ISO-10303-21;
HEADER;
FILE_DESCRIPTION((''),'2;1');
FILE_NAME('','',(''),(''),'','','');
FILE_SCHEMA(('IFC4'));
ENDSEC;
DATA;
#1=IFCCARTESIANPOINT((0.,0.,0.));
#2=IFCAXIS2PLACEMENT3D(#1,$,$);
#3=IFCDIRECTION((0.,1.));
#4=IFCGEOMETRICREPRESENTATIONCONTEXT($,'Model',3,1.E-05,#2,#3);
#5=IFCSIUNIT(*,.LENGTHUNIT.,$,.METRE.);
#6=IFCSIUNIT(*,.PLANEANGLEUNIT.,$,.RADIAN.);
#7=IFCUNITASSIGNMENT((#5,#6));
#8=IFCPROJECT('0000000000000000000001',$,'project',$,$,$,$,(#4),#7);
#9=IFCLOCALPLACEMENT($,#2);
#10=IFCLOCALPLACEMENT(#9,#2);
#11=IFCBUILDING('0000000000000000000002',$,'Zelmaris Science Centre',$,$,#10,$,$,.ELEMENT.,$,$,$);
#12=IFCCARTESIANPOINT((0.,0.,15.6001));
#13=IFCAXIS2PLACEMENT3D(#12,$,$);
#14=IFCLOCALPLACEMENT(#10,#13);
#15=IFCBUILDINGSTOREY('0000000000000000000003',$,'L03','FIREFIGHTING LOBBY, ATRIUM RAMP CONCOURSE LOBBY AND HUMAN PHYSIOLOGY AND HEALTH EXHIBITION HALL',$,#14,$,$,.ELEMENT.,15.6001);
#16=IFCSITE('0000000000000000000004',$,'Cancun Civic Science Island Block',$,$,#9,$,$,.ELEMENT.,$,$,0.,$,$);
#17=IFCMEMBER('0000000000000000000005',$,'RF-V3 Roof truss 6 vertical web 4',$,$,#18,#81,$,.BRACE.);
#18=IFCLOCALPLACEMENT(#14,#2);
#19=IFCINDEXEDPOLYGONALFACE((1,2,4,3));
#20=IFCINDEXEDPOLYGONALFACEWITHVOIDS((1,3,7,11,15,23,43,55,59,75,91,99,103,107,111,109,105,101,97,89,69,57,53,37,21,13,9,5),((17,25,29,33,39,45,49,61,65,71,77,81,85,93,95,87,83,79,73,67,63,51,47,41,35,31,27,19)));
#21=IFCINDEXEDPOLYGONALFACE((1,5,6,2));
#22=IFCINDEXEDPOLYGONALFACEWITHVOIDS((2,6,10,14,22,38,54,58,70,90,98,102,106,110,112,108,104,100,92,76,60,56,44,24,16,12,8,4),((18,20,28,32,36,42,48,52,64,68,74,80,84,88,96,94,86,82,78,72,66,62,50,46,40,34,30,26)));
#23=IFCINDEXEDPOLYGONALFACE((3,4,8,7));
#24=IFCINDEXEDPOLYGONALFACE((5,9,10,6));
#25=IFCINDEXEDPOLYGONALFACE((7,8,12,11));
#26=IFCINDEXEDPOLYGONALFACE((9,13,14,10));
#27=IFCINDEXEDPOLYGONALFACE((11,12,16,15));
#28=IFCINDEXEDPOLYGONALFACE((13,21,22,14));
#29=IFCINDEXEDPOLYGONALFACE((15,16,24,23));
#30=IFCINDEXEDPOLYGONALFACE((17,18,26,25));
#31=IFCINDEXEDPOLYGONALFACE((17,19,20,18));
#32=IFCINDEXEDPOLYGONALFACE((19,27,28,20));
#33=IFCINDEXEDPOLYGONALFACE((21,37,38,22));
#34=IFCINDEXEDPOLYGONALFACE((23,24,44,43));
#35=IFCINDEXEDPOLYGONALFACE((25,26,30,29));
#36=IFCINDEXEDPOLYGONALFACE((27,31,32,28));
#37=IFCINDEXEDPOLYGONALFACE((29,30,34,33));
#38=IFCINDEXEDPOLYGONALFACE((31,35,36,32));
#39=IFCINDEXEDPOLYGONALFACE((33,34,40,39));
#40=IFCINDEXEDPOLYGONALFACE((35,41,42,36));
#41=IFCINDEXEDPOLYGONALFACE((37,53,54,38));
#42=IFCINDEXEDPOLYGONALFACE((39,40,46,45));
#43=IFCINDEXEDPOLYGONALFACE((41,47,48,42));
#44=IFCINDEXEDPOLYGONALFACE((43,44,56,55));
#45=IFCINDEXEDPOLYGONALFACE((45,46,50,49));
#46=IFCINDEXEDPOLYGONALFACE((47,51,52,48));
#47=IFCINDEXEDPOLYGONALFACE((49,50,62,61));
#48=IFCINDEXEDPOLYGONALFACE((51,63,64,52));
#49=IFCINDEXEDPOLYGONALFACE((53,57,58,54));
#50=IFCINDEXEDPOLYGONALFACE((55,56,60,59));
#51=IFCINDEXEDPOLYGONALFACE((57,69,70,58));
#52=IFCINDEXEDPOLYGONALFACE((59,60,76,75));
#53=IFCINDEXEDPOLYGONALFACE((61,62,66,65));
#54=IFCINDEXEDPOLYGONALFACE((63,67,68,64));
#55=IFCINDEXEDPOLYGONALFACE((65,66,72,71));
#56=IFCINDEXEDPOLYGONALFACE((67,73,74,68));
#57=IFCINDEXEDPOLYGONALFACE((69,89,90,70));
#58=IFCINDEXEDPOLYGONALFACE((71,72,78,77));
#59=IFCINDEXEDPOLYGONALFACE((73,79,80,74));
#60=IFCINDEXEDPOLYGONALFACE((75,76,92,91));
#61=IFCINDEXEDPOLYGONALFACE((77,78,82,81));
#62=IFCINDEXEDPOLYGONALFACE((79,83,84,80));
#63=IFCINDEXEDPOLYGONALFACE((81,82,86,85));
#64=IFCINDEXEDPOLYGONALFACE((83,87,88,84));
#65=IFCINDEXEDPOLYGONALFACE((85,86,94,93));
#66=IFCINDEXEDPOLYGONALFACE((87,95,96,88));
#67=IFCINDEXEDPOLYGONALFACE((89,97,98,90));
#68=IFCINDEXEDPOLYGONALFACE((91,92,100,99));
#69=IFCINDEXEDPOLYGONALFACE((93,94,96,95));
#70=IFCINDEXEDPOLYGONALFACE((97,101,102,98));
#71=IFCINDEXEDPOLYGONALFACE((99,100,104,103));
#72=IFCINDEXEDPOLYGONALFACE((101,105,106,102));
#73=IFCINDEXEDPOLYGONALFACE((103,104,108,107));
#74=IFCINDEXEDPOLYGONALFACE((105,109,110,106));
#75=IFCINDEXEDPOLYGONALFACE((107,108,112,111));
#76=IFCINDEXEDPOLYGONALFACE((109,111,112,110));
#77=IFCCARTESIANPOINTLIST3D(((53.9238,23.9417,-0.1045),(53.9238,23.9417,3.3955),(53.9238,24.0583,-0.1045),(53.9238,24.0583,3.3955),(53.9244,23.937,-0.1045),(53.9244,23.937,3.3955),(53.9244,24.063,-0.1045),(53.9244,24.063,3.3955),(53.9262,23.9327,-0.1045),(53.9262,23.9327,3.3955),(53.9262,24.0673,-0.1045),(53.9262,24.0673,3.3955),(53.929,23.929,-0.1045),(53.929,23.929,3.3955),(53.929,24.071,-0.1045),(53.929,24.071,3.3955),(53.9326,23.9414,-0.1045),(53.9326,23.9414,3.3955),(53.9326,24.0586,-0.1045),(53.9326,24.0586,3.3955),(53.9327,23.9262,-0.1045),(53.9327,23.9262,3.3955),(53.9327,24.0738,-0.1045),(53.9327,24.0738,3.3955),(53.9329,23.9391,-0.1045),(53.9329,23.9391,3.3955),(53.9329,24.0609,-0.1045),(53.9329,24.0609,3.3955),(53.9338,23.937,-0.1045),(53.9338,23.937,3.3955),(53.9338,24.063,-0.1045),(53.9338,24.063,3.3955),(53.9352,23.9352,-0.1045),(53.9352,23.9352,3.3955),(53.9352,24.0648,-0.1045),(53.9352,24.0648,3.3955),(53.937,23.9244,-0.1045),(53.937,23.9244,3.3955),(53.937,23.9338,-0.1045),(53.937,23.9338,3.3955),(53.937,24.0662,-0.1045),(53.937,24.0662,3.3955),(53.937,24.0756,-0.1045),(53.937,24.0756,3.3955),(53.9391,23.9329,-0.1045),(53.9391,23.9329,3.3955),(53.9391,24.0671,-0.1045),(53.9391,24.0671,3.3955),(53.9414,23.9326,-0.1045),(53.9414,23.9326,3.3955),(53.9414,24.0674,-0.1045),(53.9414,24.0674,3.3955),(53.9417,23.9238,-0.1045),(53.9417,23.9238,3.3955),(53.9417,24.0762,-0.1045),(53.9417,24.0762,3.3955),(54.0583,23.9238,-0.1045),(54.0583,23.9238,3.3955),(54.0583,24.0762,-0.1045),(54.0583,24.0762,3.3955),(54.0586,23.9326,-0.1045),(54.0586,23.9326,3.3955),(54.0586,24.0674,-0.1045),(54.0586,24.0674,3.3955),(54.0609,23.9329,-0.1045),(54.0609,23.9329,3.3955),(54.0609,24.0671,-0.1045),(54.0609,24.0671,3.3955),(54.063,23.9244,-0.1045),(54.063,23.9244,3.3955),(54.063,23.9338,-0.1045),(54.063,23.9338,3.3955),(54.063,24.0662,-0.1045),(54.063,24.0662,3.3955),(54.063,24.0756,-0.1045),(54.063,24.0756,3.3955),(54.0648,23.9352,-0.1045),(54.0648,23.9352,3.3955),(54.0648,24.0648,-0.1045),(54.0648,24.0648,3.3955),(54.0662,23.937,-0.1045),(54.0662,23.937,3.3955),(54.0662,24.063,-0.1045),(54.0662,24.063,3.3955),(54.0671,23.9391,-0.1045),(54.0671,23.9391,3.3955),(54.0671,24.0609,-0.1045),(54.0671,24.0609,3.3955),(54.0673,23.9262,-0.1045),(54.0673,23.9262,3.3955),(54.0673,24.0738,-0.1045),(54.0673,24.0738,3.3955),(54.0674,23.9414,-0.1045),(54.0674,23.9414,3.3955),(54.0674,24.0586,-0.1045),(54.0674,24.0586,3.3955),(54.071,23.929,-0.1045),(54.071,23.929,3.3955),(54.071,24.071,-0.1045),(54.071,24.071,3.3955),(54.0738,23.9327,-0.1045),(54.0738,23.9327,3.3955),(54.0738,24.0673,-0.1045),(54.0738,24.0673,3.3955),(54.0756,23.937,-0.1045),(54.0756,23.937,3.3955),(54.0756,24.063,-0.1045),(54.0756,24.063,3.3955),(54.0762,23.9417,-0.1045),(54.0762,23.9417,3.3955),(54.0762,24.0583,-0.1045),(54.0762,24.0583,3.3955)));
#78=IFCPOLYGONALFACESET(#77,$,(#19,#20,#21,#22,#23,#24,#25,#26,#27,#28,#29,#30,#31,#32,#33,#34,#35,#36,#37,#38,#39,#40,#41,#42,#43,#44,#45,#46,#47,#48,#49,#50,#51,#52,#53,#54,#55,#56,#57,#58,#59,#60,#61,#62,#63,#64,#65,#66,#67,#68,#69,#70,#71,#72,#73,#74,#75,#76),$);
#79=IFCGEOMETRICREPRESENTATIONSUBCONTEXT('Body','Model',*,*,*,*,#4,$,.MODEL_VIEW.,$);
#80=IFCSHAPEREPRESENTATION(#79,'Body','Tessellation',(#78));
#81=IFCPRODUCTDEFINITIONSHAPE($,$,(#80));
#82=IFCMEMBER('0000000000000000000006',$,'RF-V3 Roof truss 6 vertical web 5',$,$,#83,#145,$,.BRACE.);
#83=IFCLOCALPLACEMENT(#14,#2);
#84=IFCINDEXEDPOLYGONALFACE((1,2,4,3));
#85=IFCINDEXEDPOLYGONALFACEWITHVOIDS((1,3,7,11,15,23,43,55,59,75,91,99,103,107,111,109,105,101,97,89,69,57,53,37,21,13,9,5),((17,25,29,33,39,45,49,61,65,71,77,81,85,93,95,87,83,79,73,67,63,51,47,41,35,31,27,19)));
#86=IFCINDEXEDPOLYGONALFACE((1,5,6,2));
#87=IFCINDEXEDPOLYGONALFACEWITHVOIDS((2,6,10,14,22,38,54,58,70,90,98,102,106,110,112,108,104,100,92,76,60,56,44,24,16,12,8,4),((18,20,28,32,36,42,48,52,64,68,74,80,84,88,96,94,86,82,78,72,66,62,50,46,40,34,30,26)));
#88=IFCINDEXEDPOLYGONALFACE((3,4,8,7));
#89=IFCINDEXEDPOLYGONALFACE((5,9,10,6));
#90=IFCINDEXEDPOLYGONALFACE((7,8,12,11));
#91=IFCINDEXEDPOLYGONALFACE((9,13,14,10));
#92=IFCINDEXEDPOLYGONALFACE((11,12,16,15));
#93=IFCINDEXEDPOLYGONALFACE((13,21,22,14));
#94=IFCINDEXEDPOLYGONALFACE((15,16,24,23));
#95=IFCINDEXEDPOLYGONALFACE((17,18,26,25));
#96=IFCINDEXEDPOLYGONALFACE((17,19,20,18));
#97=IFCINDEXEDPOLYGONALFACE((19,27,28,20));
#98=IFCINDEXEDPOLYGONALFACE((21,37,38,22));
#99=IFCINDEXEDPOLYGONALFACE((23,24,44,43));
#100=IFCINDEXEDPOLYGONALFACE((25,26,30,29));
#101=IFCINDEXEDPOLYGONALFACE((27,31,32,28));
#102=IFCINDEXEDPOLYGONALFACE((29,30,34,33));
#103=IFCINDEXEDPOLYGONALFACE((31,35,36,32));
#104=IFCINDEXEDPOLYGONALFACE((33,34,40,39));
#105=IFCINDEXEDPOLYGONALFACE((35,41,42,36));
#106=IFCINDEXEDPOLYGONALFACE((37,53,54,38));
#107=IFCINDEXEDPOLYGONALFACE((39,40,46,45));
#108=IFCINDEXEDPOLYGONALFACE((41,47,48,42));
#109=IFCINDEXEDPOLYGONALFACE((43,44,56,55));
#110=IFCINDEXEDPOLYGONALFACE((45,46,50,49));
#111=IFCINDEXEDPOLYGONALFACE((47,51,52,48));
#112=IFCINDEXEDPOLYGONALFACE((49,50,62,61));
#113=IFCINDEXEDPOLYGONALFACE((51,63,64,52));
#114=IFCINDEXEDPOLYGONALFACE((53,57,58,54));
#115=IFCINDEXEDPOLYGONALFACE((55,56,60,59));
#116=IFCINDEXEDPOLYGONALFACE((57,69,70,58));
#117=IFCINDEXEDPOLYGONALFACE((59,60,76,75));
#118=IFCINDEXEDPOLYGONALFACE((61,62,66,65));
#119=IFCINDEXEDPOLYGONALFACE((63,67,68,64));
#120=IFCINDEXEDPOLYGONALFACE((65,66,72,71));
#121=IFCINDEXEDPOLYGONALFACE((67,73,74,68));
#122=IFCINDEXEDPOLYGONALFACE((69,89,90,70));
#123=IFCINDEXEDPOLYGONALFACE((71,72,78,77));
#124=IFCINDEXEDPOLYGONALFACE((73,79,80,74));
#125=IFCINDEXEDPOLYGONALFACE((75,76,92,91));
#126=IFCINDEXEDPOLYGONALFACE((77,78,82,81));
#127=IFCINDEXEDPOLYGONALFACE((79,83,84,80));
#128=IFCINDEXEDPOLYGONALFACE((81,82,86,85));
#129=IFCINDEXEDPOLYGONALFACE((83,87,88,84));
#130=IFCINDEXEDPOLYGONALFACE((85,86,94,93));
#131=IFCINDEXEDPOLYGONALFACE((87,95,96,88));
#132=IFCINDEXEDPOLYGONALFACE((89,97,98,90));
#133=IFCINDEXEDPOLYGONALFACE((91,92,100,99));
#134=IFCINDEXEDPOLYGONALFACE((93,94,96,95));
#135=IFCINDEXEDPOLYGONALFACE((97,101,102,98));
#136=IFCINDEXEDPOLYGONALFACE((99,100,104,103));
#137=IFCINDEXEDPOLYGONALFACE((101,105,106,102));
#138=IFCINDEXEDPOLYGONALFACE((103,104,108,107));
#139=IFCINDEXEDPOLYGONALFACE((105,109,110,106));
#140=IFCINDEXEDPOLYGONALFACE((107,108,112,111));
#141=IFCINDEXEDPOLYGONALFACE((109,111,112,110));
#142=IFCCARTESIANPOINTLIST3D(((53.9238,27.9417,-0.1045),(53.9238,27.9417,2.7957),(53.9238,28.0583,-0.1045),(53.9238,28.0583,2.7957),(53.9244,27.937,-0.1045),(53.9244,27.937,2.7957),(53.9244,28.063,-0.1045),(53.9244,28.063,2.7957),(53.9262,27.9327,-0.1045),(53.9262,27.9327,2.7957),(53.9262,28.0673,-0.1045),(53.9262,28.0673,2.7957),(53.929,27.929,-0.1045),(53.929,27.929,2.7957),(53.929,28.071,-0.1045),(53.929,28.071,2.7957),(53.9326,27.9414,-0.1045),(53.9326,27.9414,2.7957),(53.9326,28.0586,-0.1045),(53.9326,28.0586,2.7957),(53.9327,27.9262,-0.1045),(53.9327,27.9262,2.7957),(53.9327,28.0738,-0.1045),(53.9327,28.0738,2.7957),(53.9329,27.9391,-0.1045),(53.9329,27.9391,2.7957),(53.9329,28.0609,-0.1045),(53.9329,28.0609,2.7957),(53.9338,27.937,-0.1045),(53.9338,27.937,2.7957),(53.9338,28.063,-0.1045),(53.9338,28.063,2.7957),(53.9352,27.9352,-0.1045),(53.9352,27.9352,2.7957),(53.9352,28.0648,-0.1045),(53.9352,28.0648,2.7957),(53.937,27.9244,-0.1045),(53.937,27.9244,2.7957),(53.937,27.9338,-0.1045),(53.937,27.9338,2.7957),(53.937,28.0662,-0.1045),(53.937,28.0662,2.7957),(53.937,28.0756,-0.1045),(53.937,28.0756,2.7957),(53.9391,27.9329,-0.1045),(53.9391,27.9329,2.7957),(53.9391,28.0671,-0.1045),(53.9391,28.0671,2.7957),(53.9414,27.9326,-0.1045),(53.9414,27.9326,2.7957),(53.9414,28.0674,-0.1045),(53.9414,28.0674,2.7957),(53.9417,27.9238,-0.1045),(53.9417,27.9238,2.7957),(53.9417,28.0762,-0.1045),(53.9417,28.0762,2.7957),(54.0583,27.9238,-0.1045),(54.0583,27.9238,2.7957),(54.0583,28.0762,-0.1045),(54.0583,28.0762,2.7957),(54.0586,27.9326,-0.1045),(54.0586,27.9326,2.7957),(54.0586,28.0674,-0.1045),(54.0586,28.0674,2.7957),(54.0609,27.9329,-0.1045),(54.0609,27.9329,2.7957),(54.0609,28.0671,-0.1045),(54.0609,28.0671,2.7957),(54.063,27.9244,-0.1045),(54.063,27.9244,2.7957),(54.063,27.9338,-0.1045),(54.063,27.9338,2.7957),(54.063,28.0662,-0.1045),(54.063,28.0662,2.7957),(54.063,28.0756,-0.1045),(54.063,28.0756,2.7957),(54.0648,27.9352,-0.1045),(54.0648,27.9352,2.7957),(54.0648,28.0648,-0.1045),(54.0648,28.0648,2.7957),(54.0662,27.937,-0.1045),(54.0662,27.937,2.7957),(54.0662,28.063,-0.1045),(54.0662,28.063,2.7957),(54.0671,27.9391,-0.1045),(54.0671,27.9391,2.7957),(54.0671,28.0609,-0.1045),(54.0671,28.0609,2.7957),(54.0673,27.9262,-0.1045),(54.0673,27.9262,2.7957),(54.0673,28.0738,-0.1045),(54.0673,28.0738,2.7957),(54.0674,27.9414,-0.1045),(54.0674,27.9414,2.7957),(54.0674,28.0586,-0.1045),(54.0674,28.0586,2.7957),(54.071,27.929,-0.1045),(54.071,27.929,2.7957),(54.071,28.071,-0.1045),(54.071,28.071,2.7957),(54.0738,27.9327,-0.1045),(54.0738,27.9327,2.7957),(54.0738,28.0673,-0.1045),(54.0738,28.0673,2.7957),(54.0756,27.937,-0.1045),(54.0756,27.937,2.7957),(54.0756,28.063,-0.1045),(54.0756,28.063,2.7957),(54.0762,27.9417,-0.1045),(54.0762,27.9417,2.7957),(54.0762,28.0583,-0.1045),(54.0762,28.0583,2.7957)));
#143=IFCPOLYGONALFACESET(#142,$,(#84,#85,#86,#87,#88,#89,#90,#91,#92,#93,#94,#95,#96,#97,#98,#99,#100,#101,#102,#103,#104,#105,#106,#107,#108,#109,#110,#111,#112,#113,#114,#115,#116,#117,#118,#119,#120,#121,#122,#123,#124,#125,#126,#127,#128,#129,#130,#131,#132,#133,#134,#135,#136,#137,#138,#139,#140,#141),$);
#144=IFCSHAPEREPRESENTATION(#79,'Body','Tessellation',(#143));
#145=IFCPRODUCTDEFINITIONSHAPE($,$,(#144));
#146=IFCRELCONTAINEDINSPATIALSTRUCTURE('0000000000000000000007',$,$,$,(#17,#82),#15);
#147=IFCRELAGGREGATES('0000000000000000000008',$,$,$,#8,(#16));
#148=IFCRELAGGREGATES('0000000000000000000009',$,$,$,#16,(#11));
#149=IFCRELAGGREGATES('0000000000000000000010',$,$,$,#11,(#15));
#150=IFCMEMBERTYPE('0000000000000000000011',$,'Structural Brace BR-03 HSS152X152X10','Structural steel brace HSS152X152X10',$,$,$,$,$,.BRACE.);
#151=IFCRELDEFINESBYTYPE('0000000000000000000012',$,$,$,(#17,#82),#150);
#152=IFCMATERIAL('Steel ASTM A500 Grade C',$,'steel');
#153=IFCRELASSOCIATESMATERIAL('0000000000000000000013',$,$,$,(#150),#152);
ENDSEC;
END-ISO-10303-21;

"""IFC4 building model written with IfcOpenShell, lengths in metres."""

from ifc_helpers import new_model, si_unit, direction, frame, origin, origin_2d, place, context, subcontext, project, spatial, hollow_rectangle, extrude, material, material_profile, profile_set, type_object, element, save


model = new_model("IFC4")

# Units and contexts
model_context = context("Model", 3, precision=1e-05, world=origin(), true_north=direction((0.0, 1.0)))
body_context = subcontext(model_context, "Body", "Model", "MODEL_VIEW")
ifc_project = project(units=[si_unit("LENGTHUNIT", "METRE"), si_unit("PLANEANGLEUNIT", "RADIAN")], contexts=[model_context])

# Site, building, storey
site_placement = place(None, origin())
site = spatial("IfcSite", under=ifc_project, at=site_placement, Name="Cancun Civic Science Island Block", CompositionType="ELEMENT", RefElevation=0.0)
building_placement = place(site_placement, origin())
building = spatial("IfcBuilding", under=site, at=building_placement, Name="Zelmaris Science Centre", CompositionType="ELEMENT")
storey_placement = place(building_placement, frame((0.0, 0.0, 15.6001)))
storey = spatial("IfcBuildingStorey", under=building, at=storey_placement, Name="L03", Description="FIREFIGHTING LOBBY, ATRIUM RAMP CONCOURSE LOBBY AND HUMAN PHYSIOLOGY AND HEALTH EXHIBITION HALL", CompositionType="ELEMENT", Elevation=15.6001)

# Shared definitions
ifc_material_1 = material(Name="Steel ASTM A500 Grade C", Category="steel")

# Members
ifc_material_profile_1 = material_profile(ifc_material_1, hollow_rectangle(XDim=0.1523, YDim=0.1523, WallThickness=0.0088, InnerFilletRadius=0.0088, OuterFilletRadius=0.0178, at=origin_2d()), Name="HSS152X152X10")
ifc_profile_set_1 = profile_set([ifc_material_profile_1], Name="Steel ASTM A500 Grade C")
member_type_1 = type_object("IfcMemberType", Name="Structural Brace BR-03 HSS152X152X10", Description="Structural steel brace HSS152X152X10", PredefinedType="BRACE", material=ifc_profile_set_1)
member_1_placement = place(storey_placement, frame((54.0, 24.0, -0.1045), z_axis=(0.0, 0.0, 1.0), x_axis=(1.0, 0.0, 0.0)))
element("IfcMember", 1, at=member_1_placement, inside=storey, type_object=member_type_1, Name="RF-V3 Roof truss 6 vertical web 4", PredefinedType="BRACE", context=body_context, shape_type="SweptSolid", body=[
    extrude(hollow_rectangle(XDim=0.1523, YDim=0.1523, WallThickness=0.0088, InnerFilletRadius=0.0088, OuterFilletRadius=0.0178, at=origin_2d()), origin(), (0.0, 0.0, 1.0), 3.5),
])
member_2_placement = place(storey_placement, frame((54.0, 28.0, -0.1045), z_axis=(0.0, 0.0, 1.0), x_axis=(1.0, 0.0, 0.0)))
element("IfcMember", 2, at=member_2_placement, inside=storey, type_object=member_type_1, Name="RF-V3 Roof truss 6 vertical web 5", PredefinedType="BRACE", context=body_context, shape_type="SweptSolid", body=[
    extrude(hollow_rectangle(XDim=0.1523, YDim=0.1523, WallThickness=0.0088, InnerFilletRadius=0.0088, OuterFilletRadius=0.0178, at=origin_2d()), origin(), (0.0, 0.0, 1.0), 2.9001),
])

save(model, "model.ifc")
